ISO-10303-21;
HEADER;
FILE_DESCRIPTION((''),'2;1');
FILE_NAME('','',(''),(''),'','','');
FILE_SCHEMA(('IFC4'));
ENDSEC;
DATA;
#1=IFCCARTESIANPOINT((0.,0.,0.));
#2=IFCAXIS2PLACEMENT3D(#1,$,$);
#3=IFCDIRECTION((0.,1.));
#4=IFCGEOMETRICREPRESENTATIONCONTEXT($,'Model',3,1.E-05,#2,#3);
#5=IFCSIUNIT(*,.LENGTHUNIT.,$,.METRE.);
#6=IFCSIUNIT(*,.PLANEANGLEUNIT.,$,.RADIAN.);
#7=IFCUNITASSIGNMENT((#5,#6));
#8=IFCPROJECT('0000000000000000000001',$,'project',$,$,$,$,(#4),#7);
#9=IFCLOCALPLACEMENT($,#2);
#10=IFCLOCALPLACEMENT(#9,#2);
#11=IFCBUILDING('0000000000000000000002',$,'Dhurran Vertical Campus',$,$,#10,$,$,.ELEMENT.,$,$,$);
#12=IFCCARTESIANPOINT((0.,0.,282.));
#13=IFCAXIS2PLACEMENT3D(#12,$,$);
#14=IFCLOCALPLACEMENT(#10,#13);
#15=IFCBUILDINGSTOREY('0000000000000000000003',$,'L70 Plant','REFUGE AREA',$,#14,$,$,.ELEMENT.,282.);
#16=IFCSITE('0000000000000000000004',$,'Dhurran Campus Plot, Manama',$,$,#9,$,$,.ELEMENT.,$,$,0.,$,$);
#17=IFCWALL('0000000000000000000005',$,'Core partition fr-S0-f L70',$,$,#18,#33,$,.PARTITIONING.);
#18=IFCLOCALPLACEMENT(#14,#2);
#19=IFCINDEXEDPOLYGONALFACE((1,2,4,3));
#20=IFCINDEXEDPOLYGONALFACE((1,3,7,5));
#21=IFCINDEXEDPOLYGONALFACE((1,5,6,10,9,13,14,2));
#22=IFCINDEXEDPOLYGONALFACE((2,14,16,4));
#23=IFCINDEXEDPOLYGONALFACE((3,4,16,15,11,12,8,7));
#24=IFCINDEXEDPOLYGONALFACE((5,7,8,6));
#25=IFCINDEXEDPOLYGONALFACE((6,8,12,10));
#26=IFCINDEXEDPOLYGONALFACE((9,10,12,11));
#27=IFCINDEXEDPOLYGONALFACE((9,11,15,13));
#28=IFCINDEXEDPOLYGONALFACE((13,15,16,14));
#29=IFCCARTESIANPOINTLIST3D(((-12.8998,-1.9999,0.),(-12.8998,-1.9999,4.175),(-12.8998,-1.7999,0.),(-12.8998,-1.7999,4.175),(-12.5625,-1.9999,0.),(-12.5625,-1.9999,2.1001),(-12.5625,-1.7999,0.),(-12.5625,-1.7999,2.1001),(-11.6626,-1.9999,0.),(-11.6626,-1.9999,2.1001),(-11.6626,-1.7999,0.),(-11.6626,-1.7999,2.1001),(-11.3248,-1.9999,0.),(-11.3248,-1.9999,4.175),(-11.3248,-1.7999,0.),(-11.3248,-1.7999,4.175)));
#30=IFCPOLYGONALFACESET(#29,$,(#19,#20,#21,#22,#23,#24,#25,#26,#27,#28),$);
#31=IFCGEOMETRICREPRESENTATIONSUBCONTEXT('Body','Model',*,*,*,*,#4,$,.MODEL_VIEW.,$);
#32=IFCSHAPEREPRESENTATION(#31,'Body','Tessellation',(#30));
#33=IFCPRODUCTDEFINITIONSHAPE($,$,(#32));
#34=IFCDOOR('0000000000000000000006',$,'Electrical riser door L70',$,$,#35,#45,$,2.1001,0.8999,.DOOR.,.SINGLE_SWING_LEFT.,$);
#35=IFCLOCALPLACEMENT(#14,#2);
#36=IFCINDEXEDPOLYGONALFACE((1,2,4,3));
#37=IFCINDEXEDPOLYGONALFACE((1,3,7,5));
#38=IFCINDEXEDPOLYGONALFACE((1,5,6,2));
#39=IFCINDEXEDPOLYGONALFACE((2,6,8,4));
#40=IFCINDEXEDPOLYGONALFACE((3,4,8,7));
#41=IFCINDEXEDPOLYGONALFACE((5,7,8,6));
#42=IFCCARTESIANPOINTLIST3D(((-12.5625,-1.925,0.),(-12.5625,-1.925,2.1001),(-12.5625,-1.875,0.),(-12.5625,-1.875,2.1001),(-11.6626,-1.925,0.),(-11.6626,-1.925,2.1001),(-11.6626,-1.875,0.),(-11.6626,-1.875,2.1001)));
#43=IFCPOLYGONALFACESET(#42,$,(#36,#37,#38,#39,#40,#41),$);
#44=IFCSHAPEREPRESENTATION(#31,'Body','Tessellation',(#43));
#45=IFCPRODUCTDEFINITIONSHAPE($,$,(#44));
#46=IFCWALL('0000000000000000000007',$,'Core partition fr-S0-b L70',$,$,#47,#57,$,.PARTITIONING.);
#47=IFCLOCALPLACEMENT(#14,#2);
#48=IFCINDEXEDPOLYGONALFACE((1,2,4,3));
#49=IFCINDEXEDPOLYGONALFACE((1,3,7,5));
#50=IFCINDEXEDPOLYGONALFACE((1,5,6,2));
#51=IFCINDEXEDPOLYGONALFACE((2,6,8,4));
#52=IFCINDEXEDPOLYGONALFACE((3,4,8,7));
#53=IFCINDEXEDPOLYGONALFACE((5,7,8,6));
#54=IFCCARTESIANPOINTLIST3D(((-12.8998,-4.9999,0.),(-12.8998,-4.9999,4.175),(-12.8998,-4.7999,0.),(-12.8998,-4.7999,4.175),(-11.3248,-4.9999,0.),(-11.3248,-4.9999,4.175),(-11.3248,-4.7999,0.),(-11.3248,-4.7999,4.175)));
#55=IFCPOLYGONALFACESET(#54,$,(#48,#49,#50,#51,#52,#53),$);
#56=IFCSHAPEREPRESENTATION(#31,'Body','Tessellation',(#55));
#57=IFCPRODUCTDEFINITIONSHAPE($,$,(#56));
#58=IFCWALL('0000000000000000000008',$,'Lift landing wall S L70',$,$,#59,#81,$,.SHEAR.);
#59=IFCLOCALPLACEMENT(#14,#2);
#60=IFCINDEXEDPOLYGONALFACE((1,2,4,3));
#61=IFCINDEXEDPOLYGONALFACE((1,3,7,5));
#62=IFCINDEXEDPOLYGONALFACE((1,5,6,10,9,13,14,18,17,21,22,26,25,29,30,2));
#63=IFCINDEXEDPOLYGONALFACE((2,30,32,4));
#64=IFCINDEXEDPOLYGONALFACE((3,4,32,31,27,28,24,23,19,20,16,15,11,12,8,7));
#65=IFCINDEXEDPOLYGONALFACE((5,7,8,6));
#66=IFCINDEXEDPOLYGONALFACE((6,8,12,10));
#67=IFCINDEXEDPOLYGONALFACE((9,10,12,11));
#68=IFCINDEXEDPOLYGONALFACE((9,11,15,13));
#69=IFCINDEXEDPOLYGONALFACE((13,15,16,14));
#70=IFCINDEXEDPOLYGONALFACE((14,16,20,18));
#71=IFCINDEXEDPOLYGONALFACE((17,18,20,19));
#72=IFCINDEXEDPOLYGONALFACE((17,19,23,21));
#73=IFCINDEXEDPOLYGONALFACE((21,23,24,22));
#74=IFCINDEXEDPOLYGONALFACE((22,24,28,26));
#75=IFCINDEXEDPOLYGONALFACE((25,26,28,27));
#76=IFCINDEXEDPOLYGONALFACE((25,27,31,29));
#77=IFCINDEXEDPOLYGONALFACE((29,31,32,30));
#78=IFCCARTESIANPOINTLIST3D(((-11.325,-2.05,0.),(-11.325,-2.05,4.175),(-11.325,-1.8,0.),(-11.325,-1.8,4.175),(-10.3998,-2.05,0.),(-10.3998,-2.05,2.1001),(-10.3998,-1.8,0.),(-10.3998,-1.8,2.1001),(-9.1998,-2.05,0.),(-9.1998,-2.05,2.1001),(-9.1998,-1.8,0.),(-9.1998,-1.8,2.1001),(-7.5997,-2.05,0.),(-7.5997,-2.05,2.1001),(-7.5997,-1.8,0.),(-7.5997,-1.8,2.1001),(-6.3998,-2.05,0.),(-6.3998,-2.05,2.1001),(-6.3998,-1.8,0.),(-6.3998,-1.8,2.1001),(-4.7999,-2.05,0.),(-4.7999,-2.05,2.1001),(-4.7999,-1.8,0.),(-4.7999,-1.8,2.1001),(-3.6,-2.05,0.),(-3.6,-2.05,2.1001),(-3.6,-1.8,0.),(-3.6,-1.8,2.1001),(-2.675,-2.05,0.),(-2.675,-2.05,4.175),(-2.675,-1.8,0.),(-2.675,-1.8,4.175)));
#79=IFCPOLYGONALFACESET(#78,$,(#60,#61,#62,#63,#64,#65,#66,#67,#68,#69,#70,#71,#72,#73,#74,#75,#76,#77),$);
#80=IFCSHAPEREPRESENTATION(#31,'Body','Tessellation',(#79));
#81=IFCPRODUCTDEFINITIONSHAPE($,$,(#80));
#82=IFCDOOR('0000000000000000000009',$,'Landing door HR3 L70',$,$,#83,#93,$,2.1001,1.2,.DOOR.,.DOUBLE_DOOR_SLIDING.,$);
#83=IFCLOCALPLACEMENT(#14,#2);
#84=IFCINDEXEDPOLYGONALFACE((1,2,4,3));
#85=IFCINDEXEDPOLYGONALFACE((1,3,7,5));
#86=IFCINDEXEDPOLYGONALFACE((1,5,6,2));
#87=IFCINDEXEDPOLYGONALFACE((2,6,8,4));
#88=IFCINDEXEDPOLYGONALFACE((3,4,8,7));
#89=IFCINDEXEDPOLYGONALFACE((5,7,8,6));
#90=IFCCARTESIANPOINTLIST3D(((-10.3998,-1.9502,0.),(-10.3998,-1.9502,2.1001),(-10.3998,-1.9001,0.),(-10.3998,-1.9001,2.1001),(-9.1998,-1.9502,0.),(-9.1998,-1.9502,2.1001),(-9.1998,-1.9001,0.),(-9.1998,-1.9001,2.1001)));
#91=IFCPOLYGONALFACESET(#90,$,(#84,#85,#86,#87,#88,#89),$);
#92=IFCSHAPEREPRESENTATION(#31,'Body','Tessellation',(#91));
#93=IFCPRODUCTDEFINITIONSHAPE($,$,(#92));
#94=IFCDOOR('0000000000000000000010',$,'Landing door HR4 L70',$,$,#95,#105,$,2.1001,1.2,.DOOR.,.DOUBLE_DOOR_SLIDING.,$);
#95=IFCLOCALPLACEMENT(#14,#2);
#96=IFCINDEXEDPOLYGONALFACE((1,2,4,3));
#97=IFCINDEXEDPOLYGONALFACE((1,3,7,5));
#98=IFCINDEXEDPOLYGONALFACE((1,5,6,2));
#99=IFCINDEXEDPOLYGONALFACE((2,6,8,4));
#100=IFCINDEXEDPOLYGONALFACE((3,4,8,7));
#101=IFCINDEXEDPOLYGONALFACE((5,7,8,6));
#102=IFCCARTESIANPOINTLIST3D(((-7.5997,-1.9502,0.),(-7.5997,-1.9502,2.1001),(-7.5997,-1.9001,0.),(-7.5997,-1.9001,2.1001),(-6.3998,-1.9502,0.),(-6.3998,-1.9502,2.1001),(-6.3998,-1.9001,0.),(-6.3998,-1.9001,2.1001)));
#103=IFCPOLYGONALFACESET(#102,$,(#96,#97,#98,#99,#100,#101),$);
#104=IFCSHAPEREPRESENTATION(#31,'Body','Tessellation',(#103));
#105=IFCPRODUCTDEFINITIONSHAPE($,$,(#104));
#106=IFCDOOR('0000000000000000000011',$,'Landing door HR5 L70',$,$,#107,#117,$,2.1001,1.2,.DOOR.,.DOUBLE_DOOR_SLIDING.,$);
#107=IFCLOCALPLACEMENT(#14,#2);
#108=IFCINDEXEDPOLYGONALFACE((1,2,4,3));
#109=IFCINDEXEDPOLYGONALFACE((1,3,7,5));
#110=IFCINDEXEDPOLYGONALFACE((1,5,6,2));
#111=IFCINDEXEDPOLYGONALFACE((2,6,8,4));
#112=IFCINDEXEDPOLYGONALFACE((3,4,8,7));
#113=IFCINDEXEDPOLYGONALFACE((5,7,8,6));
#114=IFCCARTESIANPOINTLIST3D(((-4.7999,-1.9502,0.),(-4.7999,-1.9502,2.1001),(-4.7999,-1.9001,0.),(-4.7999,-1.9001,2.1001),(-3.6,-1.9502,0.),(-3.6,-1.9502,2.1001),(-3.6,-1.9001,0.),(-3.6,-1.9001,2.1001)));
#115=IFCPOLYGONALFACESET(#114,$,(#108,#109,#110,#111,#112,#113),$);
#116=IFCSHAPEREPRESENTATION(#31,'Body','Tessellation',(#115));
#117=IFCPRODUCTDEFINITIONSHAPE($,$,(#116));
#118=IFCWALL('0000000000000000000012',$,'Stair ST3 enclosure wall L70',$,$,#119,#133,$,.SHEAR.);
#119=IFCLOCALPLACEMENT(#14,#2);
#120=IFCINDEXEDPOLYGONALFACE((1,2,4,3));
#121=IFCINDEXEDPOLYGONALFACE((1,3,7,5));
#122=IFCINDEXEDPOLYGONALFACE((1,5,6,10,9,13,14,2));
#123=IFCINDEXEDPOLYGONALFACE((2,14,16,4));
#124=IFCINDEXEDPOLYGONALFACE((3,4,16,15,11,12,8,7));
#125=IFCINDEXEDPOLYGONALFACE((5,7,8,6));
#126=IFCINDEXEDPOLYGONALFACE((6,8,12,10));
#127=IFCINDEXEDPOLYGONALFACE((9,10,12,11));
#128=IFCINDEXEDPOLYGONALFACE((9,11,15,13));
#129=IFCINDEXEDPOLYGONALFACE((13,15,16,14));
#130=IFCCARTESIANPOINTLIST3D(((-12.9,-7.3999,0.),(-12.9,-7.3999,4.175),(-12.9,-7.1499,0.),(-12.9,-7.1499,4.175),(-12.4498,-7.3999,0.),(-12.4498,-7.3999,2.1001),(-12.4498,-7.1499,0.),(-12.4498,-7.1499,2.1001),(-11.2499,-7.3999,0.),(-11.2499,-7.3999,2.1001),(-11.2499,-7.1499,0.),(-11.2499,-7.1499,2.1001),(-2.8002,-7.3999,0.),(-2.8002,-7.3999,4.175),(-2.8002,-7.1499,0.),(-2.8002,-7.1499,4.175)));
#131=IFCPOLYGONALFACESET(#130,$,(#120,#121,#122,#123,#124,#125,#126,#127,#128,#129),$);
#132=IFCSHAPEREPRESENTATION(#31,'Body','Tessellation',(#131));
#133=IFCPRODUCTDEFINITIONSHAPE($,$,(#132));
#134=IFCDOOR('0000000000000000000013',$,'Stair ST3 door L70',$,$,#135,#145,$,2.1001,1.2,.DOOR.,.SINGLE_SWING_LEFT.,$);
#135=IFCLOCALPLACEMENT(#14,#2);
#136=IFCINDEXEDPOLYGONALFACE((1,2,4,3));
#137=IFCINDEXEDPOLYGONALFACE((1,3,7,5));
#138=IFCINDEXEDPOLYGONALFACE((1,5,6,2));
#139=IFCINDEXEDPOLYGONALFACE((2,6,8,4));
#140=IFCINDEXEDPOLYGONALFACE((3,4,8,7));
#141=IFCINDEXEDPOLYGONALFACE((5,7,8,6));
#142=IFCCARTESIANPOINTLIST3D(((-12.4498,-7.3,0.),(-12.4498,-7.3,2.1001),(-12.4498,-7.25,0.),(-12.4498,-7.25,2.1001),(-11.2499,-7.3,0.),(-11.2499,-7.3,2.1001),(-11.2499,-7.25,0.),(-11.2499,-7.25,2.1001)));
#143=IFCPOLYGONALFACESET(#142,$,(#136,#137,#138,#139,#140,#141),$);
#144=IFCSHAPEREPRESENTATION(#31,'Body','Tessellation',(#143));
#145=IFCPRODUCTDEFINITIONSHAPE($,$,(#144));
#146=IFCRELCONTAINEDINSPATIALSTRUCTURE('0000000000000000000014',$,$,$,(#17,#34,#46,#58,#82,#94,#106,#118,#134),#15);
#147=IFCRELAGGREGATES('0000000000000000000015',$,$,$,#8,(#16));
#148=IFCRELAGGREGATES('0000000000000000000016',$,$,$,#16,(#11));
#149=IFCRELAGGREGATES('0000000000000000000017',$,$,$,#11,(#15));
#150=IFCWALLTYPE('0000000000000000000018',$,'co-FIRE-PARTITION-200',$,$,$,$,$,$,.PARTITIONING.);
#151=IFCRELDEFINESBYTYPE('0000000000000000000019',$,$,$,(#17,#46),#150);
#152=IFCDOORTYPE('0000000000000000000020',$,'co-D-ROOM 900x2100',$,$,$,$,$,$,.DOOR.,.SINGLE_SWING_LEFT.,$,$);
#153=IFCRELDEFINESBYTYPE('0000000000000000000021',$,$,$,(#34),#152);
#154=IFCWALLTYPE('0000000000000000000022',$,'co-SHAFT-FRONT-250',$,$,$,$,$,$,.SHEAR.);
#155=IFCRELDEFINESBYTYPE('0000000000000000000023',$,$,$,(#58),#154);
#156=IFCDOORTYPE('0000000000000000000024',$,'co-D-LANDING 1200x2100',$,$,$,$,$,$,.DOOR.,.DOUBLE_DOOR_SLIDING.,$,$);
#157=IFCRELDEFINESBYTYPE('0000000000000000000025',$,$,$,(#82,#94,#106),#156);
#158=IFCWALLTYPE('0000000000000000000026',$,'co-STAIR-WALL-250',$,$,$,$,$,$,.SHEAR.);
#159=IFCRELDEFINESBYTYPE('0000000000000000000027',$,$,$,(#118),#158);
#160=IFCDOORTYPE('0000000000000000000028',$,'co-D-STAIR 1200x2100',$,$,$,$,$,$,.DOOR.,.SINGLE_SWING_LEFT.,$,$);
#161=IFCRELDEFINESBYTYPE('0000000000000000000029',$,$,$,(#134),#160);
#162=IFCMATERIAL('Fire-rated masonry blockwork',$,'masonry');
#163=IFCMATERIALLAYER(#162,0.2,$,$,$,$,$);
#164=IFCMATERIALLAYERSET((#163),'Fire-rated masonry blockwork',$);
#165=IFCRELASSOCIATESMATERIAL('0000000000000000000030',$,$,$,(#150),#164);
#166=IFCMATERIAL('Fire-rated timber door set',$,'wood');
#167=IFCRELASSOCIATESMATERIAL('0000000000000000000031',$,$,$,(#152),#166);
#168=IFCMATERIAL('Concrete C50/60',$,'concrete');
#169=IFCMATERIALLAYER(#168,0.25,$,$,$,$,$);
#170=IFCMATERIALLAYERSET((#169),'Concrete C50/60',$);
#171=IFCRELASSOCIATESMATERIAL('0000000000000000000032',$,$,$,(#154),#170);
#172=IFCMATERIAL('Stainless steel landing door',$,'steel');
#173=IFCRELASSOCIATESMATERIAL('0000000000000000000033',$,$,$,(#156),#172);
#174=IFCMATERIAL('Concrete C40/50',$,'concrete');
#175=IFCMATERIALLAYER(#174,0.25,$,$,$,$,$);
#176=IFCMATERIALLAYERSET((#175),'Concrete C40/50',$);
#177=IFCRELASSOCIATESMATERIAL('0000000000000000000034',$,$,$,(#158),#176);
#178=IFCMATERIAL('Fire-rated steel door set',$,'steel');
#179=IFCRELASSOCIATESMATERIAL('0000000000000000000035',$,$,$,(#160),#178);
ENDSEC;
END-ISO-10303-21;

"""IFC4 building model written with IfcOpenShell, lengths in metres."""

from ifc_helpers import new_model, si_unit, direction, frame, frame_2d, origin, place, context, subcontext, project, spatial, rectangle, extrude, material, layer, layer_set, type_object, element, fill, save


model = new_model("IFC4")

# Units and contexts
model_context = context("Model", 3, precision=1e-05, world=origin(), true_north=direction((0.0, 1.0)))
body_context = subcontext(model_context, "Body", "Model", "MODEL_VIEW")
ifc_project = project(units=[si_unit("LENGTHUNIT", "METRE"), si_unit("PLANEANGLEUNIT", "RADIAN")], contexts=[model_context])

# Site, building, storey
site_placement = place(None, origin())
site = spatial("IfcSite", under=ifc_project, at=site_placement, Name="Dhurran Campus Plot, Manama", CompositionType="ELEMENT", RefElevation=0.0)
building_placement = place(site_placement, origin())
building = spatial("IfcBuilding", under=site, at=building_placement, Name="Dhurran Vertical Campus", CompositionType="ELEMENT")
storey_placement = place(building_placement, frame((0.0, 0.0, 282.0)))
storey = spatial("IfcBuildingStorey", under=building, at=storey_placement, Name="L70 Plant", Description="REFUGE AREA", CompositionType="ELEMENT", Elevation=282.0)

# Wall, opening, door
ifc_material_1 = material(Name="Fire-rated masonry blockwork", Category="masonry")
ifc_layer_1 = layer(ifc_material_1, 0.2)
ifc_layer_set_1 = layer_set([ifc_layer_1], Name="Fire-rated masonry blockwork")
wall_type_1 = type_object("IfcWallType", Name="co-FIRE-PARTITION-200", PredefinedType="PARTITIONING", material=ifc_layer_set_1)
wall_1_placement = place(storey_placement, frame((-12.8999, -1.8999, 0.0), z_axis=(0.0, 0.0, 1.0), x_axis=(1.0, 0.0, 0.0)))
wall_1 = element("IfcWall", 1, at=wall_1_placement, inside=storey, type_object=wall_type_1, Name="Core partition fr-S0-f L70", PredefinedType="PARTITIONING", context=body_context, shape_type="SweptSolid", body=[
    extrude(rectangle(XDim=1.575, YDim=0.2, at=frame_2d((0.7876, 0.0))), origin(), (0.0, 0.0, 1.0), 4.175),
])
opening_1_placement = place(wall_1_placement, frame((0.3374, 0.0, 0.0)))
opening_1 = element("IfcOpeningElement", 2, at=opening_1_placement, cuts=wall_1, PredefinedType="OPENING", context=body_context, shape_type="SweptSolid", body=[
    extrude(rectangle(XDim=0.8999, YDim=2.1001, at=frame_2d((0.45, 1.05))), frame((0.0, 0.1099, 0.0), z_axis=(0.0, -1.0, 0.0), x_axis=(1.0, 0.0, 0.0)), (0.0, 0.0, 1.0), 0.22),
])
ifc_material_2 = material(Name="Fire-rated timber door set", Category="wood")
door_type_1 = type_object("IfcDoorType", Name="co-D-ROOM 900x2100", OperationType="SINGLE_SWING_LEFT", PredefinedType="DOOR", material=ifc_material_2)
door_1_placement = place(opening_1_placement, origin())
door_1 = element("IfcDoor", 3, at=door_1_placement, inside=storey, type_object=door_type_1, Name="Electrical riser door L70", OperationType="SINGLE_SWING_LEFT", OverallHeight=2.1001, OverallWidth=0.8999, PredefinedType="DOOR", context=body_context, shape_type="SweptSolid", body=[
    extrude(rectangle(XDim=0.8999, YDim=2.1001, at=frame_2d((0.45, 1.05))), frame((0.0, 0.0249, 0.0), z_axis=(0.0, -1.0, 0.0), x_axis=(1.0, 0.0, 0.0)), (0.0, 0.0, 1.0), 0.05),
])
fill(opening_1, door_1)

# Wall
wall_2_placement = place(storey_placement, frame((-12.8999, -4.8999, 0.0), z_axis=(0.0, 0.0, 1.0), x_axis=(1.0, 0.0, 0.0)))
element("IfcWall", 4, at=wall_2_placement, inside=storey, type_object=wall_type_1, Name="Core partition fr-S0-b L70", PredefinedType="PARTITIONING", context=body_context, shape_type="SweptSolid", body=[
    extrude(rectangle(XDim=1.575, YDim=0.2, at=frame_2d((0.7876, 0.0))), origin(), (0.0, 0.0, 1.0), 4.175),
])

# Wall, openings, doors
ifc_material_3 = material(Name="Concrete C50/60", Category="concrete")
ifc_layer_2 = layer(ifc_material_3, 0.25)
ifc_layer_set_2 = layer_set([ifc_layer_2], Name="Concrete C50/60")
wall_type_2 = type_object("IfcWallType", Name="co-SHAFT-FRONT-250", PredefinedType="SHEAR", material=ifc_layer_set_2)
wall_3_placement = place(storey_placement, frame((-11.325, -1.925, 0.0), z_axis=(0.0, 0.0, 1.0), x_axis=(1.0, 0.0, 0.0)))
wall_3 = element("IfcWall", 5, at=wall_3_placement, inside=storey, type_object=wall_type_2, Name="Lift landing wall S L70", PredefinedType="SHEAR", context=body_context, shape_type="SweptSolid", body=[
    extrude(rectangle(XDim=8.6499, YDim=0.25, at=frame_2d((4.325, 0.0))), origin(), (0.0, 0.0, 1.0), 4.175),
])
opening_2_placement = place(wall_3_placement, frame((0.925, 0.0, 0.0)))
opening_2 = element("IfcOpeningElement", 6, at=opening_2_placement, cuts=wall_3, PredefinedType="OPENING", context=body_context, shape_type="SweptSolid", body=[
    extrude(rectangle(XDim=1.2, YDim=2.1001, at=frame_2d((0.6001, 1.05))), frame((0.0, 0.135, 0.0), z_axis=(0.0, -1.0, 0.0), x_axis=(1.0, 0.0, 0.0)), (0.0, 0.0, 1.0), 0.27),
])
opening_3_placement = place(wall_3_placement, frame((3.7251, 0.0, 0.0)))
opening_3 = element("IfcOpeningElement", 7, at=opening_3_placement, cuts=wall_3, PredefinedType="OPENING", context=body_context, shape_type="SweptSolid", body=[
    extrude(rectangle(XDim=1.2, YDim=2.1001, at=frame_2d((0.6001, 1.05))), frame((0.0, 0.135, 0.0), z_axis=(0.0, -1.0, 0.0), x_axis=(1.0, 0.0, 0.0)), (0.0, 0.0, 1.0), 0.27),
])
opening_4_placement = place(wall_3_placement, frame((6.5249, 0.0, 0.0)))
opening_4 = element("IfcOpeningElement", 8, at=opening_4_placement, cuts=wall_3, PredefinedType="OPENING", context=body_context, shape_type="SweptSolid", body=[
    extrude(rectangle(XDim=1.2, YDim=2.1001, at=frame_2d((0.6001, 1.05))), frame((0.0, 0.135, 0.0), z_axis=(0.0, -1.0, 0.0), x_axis=(1.0, 0.0, 0.0)), (0.0, 0.0, 1.0), 0.27),
])
ifc_material_4 = material(Name="Stainless steel landing door", Category="steel")
door_type_2 = type_object("IfcDoorType", Name="co-D-LANDING 1200x2100", OperationType="DOUBLE_DOOR_SLIDING", PredefinedType="DOOR", material=ifc_material_4)
door_2_placement = place(opening_2_placement, origin())
door_2 = element("IfcDoor", 9, at=door_2_placement, inside=storey, type_object=door_type_2, Name="Landing door HR3 L70", OperationType="DOUBLE_DOOR_SLIDING", OverallHeight=2.1001, OverallWidth=1.2, PredefinedType="DOOR", context=body_context, shape_type="SweptSolid", body=[
    extrude(rectangle(XDim=1.2, YDim=2.1001, at=frame_2d((0.6001, 1.05))), frame((0.0, 0.0249, 0.0), z_axis=(0.0, -1.0, 0.0), x_axis=(1.0, 0.0, 0.0)), (0.0, 0.0, 1.0), 0.05),
])
fill(opening_2, door_2)
door_3_placement = place(opening_3_placement, origin())
door_3 = element("IfcDoor", 10, at=door_3_placement, inside=storey, type_object=door_type_2, Name="Landing door HR4 L70", OperationType="DOUBLE_DOOR_SLIDING", OverallHeight=2.1001, OverallWidth=1.2, PredefinedType="DOOR", context=body_context, shape_type="SweptSolid", body=[
    extrude(rectangle(XDim=1.2, YDim=2.1001, at=frame_2d((0.6001, 1.05))), frame((0.0, 0.0249, 0.0), z_axis=(0.0, -1.0, 0.0), x_axis=(1.0, 0.0, 0.0)), (0.0, 0.0, 1.0), 0.05),
])
fill(opening_3, door_3)
door_4_placement = place(opening_4_placement, origin())
door_4 = element("IfcDoor", 11, at=door_4_placement, inside=storey, type_object=door_type_2, Name="Landing door HR5 L70", OperationType="DOUBLE_DOOR_SLIDING", OverallHeight=2.1001, OverallWidth=1.2, PredefinedType="DOOR", context=body_context, shape_type="SweptSolid", body=[
    extrude(rectangle(XDim=1.2, YDim=2.1001, at=frame_2d((0.6001, 1.05))), frame((0.0, 0.0249, 0.0), z_axis=(0.0, -1.0, 0.0), x_axis=(1.0, 0.0, 0.0)), (0.0, 0.0, 1.0), 0.05),
])
fill(opening_4, door_4)

# Wall, opening, door
ifc_material_5 = material(Name="Concrete C40/50", Category="concrete")
ifc_layer_3 = layer(ifc_material_5, 0.25)
ifc_layer_set_3 = layer_set([ifc_layer_3], Name="Concrete C40/50")
wall_type_3 = type_object("IfcWallType", Name="co-STAIR-WALL-250", PredefinedType="SHEAR", material=ifc_layer_set_3)
wall_4_placement = place(storey_placement, frame((-12.8999, -7.2749, 0.0), z_axis=(0.0, 0.0, 1.0), x_axis=(1.0, 0.0, 0.0)))
wall_4 = element("IfcWall", 12, at=wall_4_placement, inside=storey, type_object=wall_type_3, Name="Stair ST3 enclosure wall L70", PredefinedType="SHEAR", context=body_context, shape_type="SweptSolid", body=[
    extrude(rectangle(XDim=10.0999, YDim=0.25, at=frame_2d((5.0498, 0.0))), origin(), (0.0, 0.0, 1.0), 4.175),
])
opening_5_placement = place(wall_4_placement, frame((0.45, 0.0, 0.0)))
opening_5 = element("IfcOpeningElement", 13, at=opening_5_placement, cuts=wall_4, PredefinedType="OPENING", context=body_context, shape_type="SweptSolid", body=[
    extrude(rectangle(XDim=1.2, YDim=2.1001, at=frame_2d((0.6001, 1.05))), frame((0.0, 0.135, 0.0), z_axis=(0.0, -1.0, 0.0), x_axis=(1.0, 0.0, 0.0)), (0.0, 0.0, 1.0), 0.27),
])
ifc_material_6 = material(Name="Fire-rated steel door set", Category="steel")
door_type_3 = type_object("IfcDoorType", Name="co-D-STAIR 1200x2100", OperationType="SINGLE_SWING_LEFT", PredefinedType="DOOR", material=ifc_material_6)
door_5_placement = place(opening_5_placement, origin())
door_5 = element("IfcDoor", 14, at=door_5_placement, inside=storey, type_object=door_type_3, Name="Stair ST3 door L70", OperationType="SINGLE_SWING_LEFT", OverallHeight=2.1001, OverallWidth=1.2, PredefinedType="DOOR", context=body_context, shape_type="SweptSolid", body=[
    extrude(rectangle(XDim=1.2, YDim=2.1001, at=frame_2d((0.6001, 1.05))), frame((0.0, 0.0249, 0.0), z_axis=(0.0, -1.0, 0.0), x_axis=(1.0, 0.0, 0.0)), (0.0, 0.0, 1.0), 0.05),
])
fill(opening_5, door_5)

save(model, "model.ifc")
